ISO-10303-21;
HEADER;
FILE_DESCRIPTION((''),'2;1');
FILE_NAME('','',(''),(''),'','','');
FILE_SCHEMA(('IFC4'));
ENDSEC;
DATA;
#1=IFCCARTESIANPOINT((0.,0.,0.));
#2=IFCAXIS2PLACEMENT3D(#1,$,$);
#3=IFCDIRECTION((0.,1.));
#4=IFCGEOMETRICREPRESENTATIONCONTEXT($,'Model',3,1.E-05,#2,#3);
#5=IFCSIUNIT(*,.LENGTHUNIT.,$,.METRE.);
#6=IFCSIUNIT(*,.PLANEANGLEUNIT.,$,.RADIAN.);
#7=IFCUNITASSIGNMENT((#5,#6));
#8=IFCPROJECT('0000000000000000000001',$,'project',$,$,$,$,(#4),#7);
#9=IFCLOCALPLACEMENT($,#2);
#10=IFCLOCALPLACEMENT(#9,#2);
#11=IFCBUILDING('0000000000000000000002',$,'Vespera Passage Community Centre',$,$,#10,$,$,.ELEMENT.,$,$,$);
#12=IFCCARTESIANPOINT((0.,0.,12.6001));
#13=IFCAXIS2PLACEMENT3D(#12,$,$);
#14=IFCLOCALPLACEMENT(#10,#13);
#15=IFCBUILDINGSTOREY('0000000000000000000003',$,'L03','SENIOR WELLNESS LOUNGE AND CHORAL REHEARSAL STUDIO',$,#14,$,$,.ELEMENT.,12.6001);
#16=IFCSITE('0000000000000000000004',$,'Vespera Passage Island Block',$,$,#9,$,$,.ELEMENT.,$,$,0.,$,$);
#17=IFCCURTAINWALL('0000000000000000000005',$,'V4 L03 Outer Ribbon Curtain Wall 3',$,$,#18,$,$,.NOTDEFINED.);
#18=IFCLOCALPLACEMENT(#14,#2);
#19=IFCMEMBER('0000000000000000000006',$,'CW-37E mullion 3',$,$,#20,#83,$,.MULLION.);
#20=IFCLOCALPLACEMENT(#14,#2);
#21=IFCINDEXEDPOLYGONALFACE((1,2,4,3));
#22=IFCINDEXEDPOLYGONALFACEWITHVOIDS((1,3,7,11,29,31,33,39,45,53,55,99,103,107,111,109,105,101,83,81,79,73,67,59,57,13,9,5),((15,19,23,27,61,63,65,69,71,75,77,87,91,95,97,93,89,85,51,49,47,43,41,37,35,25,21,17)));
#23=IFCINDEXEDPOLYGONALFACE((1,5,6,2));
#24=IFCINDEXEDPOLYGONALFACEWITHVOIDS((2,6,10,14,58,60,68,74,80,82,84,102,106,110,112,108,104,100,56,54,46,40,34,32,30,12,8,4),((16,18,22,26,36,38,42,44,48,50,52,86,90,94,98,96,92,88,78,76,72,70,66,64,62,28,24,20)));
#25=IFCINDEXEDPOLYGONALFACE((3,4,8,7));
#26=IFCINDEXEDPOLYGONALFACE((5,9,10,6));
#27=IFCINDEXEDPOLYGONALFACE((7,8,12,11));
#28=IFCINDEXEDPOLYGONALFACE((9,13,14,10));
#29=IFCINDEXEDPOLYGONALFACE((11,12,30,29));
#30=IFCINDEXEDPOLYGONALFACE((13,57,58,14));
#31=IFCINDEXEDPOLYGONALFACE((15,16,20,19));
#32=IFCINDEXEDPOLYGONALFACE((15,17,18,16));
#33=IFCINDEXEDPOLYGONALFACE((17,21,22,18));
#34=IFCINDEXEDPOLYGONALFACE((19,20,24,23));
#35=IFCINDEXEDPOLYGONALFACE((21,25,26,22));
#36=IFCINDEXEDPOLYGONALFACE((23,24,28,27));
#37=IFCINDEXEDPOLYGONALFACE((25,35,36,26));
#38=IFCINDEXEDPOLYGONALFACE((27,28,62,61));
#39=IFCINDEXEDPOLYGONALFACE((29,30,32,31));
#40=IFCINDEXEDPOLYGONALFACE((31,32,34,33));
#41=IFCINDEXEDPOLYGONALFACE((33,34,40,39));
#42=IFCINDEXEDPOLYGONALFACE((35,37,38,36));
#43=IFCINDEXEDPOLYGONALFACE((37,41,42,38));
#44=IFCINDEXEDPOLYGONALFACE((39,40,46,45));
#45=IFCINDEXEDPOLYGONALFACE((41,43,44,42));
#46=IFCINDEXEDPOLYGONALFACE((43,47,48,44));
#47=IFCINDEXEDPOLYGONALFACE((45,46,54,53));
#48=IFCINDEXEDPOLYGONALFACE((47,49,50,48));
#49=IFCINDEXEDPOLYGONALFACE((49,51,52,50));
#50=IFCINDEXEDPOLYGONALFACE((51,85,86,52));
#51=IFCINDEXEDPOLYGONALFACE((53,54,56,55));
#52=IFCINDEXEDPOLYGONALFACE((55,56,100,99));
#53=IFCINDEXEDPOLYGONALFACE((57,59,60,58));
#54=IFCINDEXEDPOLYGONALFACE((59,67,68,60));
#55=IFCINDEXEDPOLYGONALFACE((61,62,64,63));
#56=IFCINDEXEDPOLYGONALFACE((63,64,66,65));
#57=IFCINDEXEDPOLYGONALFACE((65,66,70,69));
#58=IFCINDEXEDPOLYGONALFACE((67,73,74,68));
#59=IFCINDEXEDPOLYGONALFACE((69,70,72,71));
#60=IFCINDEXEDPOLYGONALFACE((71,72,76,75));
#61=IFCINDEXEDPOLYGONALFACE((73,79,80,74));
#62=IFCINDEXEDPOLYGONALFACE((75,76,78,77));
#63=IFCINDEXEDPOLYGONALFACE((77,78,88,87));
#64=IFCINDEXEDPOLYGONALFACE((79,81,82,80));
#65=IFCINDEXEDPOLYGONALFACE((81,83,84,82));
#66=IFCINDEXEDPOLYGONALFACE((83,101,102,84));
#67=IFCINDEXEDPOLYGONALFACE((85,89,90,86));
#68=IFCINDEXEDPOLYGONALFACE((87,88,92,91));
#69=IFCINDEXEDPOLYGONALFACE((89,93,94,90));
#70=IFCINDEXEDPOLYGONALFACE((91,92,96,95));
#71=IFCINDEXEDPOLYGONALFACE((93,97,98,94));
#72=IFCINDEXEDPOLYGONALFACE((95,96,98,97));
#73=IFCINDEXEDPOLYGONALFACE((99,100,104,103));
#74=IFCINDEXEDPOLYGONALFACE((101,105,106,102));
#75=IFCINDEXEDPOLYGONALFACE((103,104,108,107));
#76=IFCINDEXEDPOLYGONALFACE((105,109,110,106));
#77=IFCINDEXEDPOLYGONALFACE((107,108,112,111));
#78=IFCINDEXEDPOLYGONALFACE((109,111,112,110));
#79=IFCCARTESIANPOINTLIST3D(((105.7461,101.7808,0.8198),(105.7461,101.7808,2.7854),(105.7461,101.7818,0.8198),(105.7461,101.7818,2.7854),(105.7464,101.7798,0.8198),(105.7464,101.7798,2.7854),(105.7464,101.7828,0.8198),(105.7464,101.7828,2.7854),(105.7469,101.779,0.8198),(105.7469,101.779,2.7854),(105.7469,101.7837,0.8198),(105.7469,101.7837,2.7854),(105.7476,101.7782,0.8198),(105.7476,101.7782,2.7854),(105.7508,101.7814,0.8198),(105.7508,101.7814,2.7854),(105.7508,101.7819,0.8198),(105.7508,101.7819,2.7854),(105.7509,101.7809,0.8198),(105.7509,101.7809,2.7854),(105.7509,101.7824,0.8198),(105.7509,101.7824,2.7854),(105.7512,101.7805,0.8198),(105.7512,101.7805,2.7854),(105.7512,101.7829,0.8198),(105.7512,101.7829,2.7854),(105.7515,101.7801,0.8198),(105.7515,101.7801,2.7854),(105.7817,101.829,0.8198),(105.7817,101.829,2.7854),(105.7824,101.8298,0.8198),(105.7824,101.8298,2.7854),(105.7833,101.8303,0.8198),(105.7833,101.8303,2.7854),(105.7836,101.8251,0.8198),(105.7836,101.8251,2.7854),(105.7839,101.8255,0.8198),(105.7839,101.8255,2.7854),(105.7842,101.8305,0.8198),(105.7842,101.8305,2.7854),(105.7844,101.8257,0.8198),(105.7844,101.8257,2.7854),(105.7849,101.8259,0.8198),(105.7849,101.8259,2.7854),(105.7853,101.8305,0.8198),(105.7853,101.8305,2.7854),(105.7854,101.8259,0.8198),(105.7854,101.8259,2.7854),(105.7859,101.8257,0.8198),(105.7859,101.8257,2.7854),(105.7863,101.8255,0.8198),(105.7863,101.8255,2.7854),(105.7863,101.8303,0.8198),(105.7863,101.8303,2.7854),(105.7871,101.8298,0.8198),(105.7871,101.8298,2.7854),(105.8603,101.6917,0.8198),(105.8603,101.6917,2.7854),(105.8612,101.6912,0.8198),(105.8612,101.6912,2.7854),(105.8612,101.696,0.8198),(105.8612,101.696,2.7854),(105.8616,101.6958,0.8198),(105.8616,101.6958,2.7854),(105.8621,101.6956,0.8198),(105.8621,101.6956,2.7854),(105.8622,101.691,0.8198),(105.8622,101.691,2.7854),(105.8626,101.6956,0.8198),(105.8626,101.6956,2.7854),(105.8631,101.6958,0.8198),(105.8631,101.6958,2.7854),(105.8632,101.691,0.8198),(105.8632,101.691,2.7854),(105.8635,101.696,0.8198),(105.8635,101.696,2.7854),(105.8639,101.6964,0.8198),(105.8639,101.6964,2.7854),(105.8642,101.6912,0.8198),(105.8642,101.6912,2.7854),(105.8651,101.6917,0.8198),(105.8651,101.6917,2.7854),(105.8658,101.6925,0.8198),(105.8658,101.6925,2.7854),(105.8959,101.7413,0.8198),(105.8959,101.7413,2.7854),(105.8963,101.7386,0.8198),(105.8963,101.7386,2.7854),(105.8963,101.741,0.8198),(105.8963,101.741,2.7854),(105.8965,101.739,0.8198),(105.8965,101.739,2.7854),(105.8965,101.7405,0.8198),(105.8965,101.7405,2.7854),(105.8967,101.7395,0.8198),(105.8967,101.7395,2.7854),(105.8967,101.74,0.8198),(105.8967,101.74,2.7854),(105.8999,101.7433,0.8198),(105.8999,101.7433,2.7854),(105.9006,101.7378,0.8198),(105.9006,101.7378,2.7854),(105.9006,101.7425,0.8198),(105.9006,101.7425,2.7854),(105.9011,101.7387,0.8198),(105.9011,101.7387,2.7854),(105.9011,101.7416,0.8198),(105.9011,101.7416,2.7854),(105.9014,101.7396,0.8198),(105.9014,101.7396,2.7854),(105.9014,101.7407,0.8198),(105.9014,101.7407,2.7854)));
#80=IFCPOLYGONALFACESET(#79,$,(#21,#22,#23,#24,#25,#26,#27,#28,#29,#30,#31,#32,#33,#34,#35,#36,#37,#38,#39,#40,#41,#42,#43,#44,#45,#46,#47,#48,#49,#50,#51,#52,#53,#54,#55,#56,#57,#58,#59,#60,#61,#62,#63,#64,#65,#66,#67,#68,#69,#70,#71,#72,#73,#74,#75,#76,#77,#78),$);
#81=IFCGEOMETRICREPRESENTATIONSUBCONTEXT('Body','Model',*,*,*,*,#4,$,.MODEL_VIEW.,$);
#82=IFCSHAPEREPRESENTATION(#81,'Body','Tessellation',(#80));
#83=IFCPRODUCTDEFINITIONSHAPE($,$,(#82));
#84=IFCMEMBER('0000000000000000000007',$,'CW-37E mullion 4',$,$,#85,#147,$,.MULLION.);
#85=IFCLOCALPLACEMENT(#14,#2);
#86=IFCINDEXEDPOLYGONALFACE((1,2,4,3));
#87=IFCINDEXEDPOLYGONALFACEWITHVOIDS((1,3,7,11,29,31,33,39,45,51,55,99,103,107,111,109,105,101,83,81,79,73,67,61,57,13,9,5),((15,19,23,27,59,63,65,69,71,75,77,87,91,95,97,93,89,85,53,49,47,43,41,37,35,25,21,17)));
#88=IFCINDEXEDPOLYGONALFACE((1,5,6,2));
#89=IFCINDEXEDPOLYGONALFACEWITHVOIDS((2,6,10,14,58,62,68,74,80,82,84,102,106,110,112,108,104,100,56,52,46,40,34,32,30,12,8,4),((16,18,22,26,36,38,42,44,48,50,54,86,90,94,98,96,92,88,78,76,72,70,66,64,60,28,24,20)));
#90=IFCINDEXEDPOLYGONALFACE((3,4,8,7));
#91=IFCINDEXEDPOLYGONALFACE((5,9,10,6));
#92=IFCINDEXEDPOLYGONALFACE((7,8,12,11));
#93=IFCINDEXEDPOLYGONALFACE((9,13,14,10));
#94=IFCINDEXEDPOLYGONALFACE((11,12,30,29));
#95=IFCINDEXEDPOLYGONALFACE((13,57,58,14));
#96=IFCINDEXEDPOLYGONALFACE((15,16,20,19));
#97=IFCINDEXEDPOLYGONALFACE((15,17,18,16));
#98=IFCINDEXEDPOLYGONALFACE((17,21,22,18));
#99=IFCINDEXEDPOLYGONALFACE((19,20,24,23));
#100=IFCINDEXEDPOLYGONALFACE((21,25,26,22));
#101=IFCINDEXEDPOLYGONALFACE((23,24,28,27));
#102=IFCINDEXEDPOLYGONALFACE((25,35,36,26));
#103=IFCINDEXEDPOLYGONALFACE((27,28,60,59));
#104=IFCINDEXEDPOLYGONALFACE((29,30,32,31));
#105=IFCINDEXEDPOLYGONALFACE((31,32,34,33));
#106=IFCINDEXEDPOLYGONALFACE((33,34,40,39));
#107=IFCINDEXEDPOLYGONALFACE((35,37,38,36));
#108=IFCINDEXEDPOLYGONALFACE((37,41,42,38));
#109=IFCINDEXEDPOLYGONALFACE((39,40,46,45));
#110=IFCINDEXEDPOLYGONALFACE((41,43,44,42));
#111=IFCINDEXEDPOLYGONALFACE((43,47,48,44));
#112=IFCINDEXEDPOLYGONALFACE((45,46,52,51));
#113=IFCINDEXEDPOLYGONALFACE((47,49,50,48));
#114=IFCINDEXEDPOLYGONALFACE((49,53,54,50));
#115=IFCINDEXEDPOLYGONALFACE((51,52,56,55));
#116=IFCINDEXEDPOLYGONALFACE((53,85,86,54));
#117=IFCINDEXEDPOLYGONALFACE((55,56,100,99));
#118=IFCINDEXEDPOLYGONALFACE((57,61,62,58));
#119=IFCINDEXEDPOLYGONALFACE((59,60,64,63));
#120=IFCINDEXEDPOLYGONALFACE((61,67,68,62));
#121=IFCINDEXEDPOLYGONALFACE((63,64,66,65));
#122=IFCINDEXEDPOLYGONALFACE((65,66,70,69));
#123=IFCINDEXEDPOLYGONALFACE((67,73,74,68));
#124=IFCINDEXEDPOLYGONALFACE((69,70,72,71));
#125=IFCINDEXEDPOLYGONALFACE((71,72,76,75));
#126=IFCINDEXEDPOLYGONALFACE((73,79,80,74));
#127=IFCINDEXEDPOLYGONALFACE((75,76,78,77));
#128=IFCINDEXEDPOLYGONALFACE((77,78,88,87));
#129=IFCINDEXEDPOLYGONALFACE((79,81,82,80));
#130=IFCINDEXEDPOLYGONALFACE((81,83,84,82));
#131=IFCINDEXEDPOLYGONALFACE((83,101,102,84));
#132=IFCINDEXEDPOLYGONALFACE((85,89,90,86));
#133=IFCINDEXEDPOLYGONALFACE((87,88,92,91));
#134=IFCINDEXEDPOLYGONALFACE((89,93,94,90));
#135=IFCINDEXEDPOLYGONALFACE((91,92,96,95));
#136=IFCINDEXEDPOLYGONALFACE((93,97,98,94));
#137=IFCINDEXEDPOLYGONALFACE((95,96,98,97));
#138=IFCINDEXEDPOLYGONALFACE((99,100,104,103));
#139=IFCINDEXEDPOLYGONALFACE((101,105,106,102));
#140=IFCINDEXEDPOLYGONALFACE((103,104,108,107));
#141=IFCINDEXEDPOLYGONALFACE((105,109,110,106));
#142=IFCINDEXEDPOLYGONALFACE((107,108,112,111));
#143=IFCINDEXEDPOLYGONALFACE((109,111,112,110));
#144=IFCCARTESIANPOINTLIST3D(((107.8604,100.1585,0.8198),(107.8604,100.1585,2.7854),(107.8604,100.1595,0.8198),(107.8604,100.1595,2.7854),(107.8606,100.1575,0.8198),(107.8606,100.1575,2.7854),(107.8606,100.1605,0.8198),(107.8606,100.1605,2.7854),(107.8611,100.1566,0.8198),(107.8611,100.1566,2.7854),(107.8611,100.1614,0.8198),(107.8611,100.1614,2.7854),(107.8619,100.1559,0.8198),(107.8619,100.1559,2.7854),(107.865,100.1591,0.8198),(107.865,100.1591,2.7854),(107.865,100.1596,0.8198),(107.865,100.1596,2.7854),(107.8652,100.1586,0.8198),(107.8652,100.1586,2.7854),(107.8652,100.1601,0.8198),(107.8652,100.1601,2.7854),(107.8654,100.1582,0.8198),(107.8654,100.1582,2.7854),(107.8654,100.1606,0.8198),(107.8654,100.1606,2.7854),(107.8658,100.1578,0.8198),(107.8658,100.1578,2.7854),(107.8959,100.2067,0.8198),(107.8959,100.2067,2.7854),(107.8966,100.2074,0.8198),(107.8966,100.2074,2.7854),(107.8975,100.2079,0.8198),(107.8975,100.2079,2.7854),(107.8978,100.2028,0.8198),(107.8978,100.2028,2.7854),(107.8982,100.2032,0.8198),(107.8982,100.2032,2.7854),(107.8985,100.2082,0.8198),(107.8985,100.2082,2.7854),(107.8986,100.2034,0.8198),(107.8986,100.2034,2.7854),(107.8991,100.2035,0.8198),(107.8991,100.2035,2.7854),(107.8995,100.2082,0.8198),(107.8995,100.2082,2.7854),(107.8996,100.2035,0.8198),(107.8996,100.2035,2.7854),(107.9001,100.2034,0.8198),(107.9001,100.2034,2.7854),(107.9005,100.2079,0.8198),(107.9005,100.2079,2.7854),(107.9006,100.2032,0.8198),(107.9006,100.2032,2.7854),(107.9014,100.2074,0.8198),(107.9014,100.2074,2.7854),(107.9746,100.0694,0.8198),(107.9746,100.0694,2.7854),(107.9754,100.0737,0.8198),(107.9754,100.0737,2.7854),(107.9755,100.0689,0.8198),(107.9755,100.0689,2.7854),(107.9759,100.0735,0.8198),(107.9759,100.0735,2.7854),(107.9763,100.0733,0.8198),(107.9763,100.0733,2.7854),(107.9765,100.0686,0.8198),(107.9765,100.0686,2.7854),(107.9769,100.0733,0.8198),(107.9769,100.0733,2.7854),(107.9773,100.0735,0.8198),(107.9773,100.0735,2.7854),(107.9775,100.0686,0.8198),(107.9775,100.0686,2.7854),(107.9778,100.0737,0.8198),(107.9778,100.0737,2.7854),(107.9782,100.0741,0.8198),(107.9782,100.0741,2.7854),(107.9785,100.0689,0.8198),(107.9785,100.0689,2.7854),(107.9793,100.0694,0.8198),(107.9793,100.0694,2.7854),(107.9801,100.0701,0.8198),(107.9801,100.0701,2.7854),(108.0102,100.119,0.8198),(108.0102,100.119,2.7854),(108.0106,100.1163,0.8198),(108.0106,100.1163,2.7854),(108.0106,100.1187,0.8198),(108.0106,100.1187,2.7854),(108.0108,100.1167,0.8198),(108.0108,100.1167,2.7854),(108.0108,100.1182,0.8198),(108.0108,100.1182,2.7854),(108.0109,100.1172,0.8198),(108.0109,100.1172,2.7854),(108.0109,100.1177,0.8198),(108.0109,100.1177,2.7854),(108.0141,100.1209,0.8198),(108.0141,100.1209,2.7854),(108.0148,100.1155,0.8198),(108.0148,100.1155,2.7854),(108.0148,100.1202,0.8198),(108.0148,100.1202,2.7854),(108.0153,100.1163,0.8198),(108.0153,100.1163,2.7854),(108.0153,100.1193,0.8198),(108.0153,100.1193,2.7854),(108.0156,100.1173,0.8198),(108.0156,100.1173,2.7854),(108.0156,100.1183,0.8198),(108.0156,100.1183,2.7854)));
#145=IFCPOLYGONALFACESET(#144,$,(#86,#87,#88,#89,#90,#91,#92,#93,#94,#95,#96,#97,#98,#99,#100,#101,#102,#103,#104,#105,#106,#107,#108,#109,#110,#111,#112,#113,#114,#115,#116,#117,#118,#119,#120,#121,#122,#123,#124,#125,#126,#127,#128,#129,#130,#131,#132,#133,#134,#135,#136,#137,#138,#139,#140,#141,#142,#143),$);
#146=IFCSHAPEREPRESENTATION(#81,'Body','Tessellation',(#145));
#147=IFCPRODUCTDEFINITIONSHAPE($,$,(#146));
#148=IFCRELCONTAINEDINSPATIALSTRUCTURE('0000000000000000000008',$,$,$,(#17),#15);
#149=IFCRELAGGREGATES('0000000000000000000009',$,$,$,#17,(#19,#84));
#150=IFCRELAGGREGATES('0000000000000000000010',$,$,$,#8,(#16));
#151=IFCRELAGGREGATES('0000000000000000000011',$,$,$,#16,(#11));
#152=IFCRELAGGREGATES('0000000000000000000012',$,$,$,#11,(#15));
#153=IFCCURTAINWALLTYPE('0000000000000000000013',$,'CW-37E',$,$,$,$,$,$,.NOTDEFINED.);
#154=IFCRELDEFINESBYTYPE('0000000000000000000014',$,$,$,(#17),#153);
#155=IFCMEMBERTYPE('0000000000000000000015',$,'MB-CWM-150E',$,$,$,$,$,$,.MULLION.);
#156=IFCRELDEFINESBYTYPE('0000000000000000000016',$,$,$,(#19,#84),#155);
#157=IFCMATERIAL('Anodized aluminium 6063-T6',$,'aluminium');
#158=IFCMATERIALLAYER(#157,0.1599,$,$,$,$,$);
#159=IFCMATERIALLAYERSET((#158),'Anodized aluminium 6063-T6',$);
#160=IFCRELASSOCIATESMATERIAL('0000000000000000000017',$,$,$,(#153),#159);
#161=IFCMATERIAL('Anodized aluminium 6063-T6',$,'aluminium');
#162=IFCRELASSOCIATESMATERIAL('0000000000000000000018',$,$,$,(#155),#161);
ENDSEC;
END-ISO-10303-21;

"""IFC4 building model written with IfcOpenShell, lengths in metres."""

from ifc_helpers import new_model, si_unit, direction, frame, origin, origin_2d, place, context, subcontext, project, spatial, hollow_rectangle, extrude, material, layer, layer_set, material_profile, profile_set, type_object, element, aggregate, save


model = new_model("IFC4")

# Units and contexts
model_context = context("Model", 3, precision=1e-05, world=origin(), true_north=direction((0.0, 1.0)))
body_context = subcontext(model_context, "Body", "Model", "MODEL_VIEW")
ifc_project = project(units=[si_unit("LENGTHUNIT", "METRE"), si_unit("PLANEANGLEUNIT", "RADIAN")], contexts=[model_context])

# Site, building, storey
site_placement = place(None, origin())
site = spatial("IfcSite", under=ifc_project, at=site_placement, Name="Vespera Passage Island Block", CompositionType="ELEMENT", RefElevation=0.0)
building_placement = place(site_placement, origin())
building = spatial("IfcBuilding", under=site, at=building_placement, Name="Vespera Passage Community Centre", CompositionType="ELEMENT")
storey_placement = place(building_placement, frame((0.0, 0.0, 12.6001)))
storey = spatial("IfcBuildingStorey", under=building, at=storey_placement, Name="L03", Description="SENIOR WELLNESS LOUNGE AND CHORAL REHEARSAL STUDIO", CompositionType="ELEMENT", Elevation=12.6001)

# Curtain wall, members
ifc_material_1 = material(Name="Anodized aluminium 6063-T6", Category="aluminium")
ifc_layer_1 = layer(ifc_material_1, 0.1599)
ifc_layer_set_1 = layer_set([ifc_layer_1], Name="Anodized aluminium 6063-T6")
curtain_wall_type = type_object("IfcCurtainWallType", Name="CW-37E", PredefinedType="NOTDEFINED", material=ifc_layer_set_1)
curtain_wall_placement = place(storey_placement, origin())
curtain_wall = element("IfcCurtainWall", 1, at=curtain_wall_placement, inside=storey, type_object=curtain_wall_type, Name="V4 L03 Outer Ribbon Curtain Wall 3", PredefinedType="NOTDEFINED")
ifc_material_2 = material(Name="Anodized aluminium 6063-T6", Category="aluminium")
ifc_material_profile_1 = material_profile(ifc_material_2, hollow_rectangle(XDim=0.0649, YDim=0.1499, WallThickness=0.0039, InnerFilletRadius=0.002, OuterFilletRadius=0.0039, at=origin_2d()), Name="ALU150X65X4")
ifc_profile_set_1 = profile_set([ifc_material_profile_1], Name="Anodized aluminium 6063-T6")
member_type_1 = type_object("IfcMemberType", Name="MB-CWM-150E", PredefinedType="MULLION", material=ifc_profile_set_1)
member_1_placement = place(storey_placement, frame((105.8237, 101.7607, 0.8198), z_axis=(0.0, 0.0, 1.0), x_axis=(0.608772, 0.793345, 0.0)))
member_1 = element("IfcMember", 2, at=member_1_placement, type_object=member_type_1, Name="CW-37E mullion 3", PredefinedType="MULLION", context=body_context, shape_type="SweptSolid", body=[
    extrude(hollow_rectangle(XDim=0.0649, YDim=0.1499, WallThickness=0.0039, InnerFilletRadius=0.002, OuterFilletRadius=0.0039, at=origin_2d()), origin(), (0.0, 0.0, 1.0), 1.9656),
])
member_2_placement = place(storey_placement, frame((107.938, 100.1384, 0.8198), z_axis=(0.0, 0.0, 1.0), x_axis=(0.608772, 0.793345, 0.0)))
member_2 = element("IfcMember", 3, at=member_2_placement, type_object=member_type_1, Name="CW-37E mullion 4", PredefinedType="MULLION", context=body_context, shape_type="SweptSolid", body=[
    extrude(hollow_rectangle(XDim=0.0649, YDim=0.1499, WallThickness=0.0039, InnerFilletRadius=0.002, OuterFilletRadius=0.0039, at=origin_2d()), origin(), (0.0, 0.0, 1.0), 1.9656),
])
aggregate(curtain_wall, [member_1, member_2])

save(model, "model.ifc")
